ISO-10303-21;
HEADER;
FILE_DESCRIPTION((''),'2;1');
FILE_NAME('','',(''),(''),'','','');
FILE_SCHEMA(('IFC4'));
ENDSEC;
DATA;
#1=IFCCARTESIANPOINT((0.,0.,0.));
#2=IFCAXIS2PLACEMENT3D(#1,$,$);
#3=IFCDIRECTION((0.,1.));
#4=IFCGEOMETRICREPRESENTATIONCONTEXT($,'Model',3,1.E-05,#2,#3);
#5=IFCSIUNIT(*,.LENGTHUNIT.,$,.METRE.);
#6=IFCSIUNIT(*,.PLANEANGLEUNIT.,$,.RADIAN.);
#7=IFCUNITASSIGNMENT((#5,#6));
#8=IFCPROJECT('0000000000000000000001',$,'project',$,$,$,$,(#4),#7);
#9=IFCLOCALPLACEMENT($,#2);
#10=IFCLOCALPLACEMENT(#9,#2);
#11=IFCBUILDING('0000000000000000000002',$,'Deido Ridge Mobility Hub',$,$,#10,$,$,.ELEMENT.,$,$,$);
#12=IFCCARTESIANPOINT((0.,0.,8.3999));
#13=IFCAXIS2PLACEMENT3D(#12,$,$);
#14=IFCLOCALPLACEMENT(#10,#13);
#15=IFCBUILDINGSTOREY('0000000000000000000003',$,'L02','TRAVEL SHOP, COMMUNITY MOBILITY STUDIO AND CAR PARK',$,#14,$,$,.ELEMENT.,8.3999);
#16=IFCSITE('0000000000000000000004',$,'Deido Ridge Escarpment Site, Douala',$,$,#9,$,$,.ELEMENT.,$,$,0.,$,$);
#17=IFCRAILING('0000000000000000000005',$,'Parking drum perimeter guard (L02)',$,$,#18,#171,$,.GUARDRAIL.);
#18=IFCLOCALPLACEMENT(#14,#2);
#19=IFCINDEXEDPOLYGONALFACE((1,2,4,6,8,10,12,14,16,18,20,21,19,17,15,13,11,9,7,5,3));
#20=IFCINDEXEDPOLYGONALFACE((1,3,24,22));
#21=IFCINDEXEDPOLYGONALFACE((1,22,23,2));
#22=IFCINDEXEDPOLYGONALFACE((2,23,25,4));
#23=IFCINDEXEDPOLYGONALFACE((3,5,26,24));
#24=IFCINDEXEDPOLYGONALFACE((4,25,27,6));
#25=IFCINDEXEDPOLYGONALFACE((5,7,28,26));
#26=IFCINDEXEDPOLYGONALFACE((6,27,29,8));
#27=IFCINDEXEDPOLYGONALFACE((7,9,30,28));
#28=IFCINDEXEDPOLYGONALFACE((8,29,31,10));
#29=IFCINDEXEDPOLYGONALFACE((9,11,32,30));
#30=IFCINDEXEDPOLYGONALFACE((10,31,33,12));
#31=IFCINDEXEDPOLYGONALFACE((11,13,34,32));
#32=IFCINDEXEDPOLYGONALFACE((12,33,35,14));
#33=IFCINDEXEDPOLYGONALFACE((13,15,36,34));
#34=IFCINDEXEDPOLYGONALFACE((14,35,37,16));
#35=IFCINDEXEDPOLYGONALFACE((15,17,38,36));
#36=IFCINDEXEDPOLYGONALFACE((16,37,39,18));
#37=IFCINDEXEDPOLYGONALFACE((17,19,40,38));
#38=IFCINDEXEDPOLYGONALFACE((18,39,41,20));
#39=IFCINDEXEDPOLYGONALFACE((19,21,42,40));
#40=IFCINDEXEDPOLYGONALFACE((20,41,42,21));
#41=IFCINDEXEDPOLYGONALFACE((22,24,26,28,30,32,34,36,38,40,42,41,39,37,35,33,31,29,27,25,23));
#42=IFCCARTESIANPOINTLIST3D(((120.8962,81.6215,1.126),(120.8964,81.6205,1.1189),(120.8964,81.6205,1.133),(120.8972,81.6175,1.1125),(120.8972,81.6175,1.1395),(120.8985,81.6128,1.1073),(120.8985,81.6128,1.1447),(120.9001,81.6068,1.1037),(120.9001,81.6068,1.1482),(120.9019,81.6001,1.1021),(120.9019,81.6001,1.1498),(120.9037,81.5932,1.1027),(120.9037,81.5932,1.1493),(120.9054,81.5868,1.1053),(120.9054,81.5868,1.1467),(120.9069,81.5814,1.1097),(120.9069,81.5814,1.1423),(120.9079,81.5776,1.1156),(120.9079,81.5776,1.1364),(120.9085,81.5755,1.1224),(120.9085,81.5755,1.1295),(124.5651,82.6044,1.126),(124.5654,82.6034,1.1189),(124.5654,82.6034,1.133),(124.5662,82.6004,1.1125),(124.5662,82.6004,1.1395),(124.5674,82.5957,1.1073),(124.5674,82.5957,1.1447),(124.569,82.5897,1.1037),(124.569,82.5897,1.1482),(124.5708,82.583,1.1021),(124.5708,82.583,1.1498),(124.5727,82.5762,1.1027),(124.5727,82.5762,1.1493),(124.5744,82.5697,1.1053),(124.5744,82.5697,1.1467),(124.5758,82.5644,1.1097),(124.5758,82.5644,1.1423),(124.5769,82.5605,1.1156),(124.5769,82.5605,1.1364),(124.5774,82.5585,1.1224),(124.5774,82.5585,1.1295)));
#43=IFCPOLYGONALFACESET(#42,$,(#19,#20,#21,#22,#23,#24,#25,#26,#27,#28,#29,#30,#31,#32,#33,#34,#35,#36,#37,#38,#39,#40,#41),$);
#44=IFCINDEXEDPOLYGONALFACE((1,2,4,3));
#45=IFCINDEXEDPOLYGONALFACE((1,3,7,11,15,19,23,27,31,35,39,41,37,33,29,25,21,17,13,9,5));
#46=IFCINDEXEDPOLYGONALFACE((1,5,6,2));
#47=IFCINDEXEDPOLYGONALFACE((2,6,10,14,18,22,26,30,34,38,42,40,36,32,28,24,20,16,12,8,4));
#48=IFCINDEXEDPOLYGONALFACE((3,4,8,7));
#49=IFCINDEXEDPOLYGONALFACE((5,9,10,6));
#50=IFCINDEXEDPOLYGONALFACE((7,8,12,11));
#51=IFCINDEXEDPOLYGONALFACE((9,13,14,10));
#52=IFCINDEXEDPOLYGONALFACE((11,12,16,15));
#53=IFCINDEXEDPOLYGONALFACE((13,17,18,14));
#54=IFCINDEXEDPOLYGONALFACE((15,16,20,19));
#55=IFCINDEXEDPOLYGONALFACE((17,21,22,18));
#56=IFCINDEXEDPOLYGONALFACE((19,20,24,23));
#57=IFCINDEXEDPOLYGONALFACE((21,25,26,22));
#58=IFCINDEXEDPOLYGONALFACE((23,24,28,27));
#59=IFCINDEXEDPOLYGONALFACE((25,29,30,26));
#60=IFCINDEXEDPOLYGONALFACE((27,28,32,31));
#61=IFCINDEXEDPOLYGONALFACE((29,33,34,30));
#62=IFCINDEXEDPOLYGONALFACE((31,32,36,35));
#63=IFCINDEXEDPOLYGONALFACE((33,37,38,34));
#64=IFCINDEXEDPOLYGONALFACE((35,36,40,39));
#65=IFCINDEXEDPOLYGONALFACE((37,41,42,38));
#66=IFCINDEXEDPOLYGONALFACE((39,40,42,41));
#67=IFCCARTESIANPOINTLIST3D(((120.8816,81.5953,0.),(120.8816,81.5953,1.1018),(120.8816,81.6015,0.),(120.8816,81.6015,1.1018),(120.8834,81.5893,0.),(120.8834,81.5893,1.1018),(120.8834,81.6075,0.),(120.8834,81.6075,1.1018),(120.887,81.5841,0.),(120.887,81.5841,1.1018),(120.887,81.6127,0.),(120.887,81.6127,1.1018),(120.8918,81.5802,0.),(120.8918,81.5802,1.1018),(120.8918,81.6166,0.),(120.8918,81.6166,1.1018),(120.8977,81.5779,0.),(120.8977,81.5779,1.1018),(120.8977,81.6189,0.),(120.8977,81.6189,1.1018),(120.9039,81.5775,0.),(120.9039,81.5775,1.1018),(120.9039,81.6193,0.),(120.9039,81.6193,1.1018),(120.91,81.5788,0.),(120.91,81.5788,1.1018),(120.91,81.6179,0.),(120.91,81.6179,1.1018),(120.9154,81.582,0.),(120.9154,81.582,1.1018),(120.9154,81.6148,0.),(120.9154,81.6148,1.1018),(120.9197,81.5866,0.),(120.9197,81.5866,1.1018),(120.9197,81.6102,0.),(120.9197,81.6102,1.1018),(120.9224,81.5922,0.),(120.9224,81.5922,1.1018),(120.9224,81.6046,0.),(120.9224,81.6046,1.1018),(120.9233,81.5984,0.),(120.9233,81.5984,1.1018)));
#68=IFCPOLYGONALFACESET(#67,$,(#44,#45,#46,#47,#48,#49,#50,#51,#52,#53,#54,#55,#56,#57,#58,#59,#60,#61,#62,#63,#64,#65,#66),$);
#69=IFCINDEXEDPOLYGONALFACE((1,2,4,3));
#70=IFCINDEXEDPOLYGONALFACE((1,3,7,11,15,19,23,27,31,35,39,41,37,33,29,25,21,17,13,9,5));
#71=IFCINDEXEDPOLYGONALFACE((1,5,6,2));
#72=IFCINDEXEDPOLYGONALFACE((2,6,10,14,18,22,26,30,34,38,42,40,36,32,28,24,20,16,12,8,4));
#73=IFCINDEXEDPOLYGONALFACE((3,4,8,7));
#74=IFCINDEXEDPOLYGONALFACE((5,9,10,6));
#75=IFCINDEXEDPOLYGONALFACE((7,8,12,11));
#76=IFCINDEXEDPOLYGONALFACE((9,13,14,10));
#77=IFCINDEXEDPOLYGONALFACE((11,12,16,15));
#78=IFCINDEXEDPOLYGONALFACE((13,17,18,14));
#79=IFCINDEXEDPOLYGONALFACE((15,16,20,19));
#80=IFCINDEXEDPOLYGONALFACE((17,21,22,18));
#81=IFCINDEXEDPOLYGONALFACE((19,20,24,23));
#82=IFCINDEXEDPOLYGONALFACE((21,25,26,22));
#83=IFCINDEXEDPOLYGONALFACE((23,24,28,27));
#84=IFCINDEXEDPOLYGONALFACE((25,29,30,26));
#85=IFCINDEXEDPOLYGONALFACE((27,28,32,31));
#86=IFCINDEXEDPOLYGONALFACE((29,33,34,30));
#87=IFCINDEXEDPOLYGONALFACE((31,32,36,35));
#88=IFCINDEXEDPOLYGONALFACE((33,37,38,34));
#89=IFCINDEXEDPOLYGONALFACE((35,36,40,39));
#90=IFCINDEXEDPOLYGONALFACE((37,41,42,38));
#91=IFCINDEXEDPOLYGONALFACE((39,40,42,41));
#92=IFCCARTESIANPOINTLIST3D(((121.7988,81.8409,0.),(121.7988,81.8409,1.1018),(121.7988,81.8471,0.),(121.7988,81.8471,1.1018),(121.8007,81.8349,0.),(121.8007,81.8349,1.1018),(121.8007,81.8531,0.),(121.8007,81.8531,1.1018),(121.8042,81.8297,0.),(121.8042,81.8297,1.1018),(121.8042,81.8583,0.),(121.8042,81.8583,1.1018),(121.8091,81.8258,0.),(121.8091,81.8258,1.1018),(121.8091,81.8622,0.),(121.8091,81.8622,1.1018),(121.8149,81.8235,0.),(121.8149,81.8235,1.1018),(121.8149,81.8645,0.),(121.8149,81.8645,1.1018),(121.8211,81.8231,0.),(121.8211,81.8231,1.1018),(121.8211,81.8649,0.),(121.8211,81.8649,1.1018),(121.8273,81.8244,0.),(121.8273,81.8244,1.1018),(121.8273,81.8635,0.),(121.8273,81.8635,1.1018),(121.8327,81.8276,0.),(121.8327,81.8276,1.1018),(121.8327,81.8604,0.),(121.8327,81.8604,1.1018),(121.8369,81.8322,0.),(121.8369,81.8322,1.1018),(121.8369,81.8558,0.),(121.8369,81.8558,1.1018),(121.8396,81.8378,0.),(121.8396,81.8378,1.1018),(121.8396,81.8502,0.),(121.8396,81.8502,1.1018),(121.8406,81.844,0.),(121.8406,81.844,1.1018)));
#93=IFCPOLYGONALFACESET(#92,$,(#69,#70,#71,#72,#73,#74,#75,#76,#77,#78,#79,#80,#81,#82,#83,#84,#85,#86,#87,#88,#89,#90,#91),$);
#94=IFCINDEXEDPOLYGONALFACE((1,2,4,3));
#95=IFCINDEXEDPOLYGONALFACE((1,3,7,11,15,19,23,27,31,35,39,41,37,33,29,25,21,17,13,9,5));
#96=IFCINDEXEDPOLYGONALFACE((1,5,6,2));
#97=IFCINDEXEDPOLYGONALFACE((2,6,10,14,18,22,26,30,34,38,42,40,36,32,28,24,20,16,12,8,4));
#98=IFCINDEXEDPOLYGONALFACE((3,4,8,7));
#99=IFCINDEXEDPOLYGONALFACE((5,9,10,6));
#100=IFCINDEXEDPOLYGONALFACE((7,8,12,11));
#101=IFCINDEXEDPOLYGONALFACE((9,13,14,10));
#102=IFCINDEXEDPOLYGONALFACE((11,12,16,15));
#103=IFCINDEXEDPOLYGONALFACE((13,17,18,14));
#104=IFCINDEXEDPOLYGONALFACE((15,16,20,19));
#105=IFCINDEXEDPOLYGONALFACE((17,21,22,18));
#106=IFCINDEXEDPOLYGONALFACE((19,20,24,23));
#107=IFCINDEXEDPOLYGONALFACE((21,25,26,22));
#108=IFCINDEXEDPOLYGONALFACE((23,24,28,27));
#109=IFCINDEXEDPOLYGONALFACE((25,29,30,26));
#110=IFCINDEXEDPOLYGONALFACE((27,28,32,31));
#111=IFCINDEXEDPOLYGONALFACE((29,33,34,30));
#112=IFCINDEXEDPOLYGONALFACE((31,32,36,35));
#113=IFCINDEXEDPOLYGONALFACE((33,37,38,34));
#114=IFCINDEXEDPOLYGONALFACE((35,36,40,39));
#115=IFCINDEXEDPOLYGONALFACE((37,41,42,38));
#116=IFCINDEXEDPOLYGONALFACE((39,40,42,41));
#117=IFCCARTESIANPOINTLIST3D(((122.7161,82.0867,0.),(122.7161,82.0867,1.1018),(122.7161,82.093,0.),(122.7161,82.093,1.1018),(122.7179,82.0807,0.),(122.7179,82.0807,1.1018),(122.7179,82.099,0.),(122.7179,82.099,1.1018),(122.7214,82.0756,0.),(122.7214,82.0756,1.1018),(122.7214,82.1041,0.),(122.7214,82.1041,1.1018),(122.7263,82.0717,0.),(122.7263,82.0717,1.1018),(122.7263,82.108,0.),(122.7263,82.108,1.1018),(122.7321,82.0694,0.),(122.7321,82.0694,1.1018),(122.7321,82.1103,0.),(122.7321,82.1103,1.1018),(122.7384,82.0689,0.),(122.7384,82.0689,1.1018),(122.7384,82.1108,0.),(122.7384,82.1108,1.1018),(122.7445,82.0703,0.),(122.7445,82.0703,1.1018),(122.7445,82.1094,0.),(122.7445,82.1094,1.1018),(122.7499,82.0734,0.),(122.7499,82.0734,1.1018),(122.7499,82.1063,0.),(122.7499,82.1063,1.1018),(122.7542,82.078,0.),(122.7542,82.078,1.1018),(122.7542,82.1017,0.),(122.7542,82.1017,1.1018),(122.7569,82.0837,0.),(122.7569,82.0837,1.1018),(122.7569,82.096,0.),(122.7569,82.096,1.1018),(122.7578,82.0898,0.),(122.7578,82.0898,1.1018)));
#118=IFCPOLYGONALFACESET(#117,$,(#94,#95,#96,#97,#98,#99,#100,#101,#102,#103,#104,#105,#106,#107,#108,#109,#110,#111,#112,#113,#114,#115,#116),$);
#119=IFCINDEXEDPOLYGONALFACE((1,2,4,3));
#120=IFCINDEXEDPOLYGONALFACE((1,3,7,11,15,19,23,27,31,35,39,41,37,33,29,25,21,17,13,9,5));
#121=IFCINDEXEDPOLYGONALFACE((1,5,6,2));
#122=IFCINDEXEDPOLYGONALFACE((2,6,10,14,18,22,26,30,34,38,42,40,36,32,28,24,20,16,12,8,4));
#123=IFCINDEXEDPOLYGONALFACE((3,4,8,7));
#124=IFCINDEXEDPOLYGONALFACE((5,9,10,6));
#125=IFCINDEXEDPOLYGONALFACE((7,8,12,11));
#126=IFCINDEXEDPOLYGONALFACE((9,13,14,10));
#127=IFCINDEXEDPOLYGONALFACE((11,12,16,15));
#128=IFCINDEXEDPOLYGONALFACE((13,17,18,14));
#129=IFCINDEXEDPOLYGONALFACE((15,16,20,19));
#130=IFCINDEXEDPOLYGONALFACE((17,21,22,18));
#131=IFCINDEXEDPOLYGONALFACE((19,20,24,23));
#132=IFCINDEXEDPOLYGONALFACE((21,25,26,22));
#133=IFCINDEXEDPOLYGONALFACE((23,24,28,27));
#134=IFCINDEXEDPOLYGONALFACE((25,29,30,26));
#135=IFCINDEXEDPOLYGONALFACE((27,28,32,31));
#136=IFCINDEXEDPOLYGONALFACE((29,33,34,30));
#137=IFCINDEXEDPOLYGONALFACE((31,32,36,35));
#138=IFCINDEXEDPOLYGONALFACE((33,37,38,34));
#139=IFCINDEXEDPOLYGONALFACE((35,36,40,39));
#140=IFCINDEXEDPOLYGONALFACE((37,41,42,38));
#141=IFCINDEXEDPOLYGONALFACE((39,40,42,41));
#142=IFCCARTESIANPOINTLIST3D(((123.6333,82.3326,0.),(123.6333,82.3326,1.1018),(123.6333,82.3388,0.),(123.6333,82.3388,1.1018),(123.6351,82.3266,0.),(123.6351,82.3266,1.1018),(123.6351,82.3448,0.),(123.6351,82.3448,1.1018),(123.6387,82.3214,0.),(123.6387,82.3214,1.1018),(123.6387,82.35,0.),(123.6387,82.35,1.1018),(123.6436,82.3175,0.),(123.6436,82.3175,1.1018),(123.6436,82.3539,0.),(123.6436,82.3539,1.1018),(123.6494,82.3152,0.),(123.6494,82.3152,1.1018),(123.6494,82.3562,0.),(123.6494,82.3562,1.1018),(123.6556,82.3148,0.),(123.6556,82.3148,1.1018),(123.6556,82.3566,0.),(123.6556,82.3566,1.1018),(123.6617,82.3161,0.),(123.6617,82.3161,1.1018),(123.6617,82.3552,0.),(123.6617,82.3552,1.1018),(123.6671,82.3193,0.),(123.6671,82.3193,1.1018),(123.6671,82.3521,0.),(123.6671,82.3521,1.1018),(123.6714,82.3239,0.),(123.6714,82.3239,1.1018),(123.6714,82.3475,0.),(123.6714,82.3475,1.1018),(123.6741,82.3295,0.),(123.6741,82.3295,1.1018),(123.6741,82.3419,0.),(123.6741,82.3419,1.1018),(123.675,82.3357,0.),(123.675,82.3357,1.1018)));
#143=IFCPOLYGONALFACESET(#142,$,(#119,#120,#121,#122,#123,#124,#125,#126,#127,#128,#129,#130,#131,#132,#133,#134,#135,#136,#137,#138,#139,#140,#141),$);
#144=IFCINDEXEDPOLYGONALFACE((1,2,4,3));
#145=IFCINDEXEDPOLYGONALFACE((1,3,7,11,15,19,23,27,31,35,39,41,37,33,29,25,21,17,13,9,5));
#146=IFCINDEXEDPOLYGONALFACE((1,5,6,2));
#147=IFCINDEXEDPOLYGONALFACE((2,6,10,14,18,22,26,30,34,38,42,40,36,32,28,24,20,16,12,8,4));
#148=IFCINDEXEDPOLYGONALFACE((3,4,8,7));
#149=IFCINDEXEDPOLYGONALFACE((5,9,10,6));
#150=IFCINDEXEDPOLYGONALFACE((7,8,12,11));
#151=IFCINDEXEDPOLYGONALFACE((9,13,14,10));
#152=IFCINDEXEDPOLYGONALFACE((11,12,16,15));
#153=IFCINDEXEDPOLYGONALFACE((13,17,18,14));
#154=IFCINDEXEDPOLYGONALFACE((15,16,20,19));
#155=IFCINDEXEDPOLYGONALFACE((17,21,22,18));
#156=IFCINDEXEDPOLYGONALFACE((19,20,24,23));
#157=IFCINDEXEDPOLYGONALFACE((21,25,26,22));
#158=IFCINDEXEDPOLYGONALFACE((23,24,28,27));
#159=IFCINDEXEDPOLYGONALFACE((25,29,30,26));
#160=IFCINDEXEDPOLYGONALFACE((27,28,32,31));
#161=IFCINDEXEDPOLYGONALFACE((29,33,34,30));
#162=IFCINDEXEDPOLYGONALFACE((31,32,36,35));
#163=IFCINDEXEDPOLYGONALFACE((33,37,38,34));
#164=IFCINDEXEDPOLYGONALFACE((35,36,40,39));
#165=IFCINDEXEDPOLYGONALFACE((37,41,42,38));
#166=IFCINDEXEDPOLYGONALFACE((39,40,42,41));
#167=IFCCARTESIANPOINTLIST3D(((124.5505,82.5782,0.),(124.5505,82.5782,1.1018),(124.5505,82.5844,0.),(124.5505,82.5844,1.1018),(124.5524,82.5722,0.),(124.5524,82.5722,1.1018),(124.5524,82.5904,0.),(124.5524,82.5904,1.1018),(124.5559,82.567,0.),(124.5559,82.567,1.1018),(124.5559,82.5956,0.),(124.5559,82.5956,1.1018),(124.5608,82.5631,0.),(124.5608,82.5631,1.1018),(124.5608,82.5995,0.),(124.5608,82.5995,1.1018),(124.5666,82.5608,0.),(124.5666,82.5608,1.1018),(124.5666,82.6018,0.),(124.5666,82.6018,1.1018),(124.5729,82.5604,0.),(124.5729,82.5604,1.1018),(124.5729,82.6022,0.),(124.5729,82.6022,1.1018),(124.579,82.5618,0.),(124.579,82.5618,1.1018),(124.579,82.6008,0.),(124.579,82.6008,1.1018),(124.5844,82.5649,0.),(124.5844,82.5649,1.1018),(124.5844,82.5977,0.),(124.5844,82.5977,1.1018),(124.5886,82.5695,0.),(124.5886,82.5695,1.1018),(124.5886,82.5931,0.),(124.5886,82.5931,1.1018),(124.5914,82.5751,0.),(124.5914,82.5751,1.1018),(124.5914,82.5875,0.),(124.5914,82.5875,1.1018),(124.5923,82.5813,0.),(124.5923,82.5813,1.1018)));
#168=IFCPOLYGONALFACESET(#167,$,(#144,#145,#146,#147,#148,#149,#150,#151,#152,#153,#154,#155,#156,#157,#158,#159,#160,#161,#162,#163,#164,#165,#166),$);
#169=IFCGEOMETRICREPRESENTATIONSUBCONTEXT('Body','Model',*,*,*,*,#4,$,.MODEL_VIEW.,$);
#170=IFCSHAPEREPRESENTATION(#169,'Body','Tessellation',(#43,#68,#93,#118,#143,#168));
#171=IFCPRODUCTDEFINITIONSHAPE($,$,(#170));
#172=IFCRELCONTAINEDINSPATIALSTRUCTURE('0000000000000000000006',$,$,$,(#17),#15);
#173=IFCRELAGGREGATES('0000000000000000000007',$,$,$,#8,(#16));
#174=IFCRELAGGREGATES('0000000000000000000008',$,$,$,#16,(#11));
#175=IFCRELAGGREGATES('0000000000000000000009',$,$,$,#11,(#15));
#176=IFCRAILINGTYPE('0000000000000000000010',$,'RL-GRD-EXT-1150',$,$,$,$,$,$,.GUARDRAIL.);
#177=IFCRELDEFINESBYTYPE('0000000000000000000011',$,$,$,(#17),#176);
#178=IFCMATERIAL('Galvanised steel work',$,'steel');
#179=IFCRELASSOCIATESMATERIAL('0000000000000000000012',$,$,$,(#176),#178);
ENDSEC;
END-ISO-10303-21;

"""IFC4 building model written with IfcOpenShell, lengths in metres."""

from ifc_helpers import new_model, si_unit, direction, frame, origin, origin_2d, place, context, subcontext, project, spatial, circle, extrude, material, type_object, element, save


model = new_model("IFC4")

# Units and contexts
model_context = context("Model", 3, precision=1e-05, world=origin(), true_north=direction((0.0, 1.0)))
body_context = subcontext(model_context, "Body", "Model", "MODEL_VIEW")
ifc_project = project(units=[si_unit("LENGTHUNIT", "METRE"), si_unit("PLANEANGLEUNIT", "RADIAN")], contexts=[model_context])

# Site, building, storey
site_placement = place(None, origin())
site = spatial("IfcSite", under=ifc_project, at=site_placement, Name="Deido Ridge Escarpment Site, Douala", CompositionType="ELEMENT", RefElevation=0.0)
building_placement = place(site_placement, origin())
building = spatial("IfcBuilding", under=site, at=building_placement, Name="Deido Ridge Mobility Hub", CompositionType="ELEMENT")
storey_placement = place(building_placement, frame((0.0, 0.0, 8.3999)))
storey = spatial("IfcBuildingStorey", under=building, at=storey_placement, Name="L02", Description="TRAVEL SHOP, COMMUNITY MOBILITY STUDIO AND CAR PARK", CompositionType="ELEMENT", Elevation=8.3999)

# Railing
ifc_material_1 = material(Name="Galvanised steel work", Category="steel")
railing_type = type_object("IfcRailingType", Name="RL-GRD-EXT-1150", PredefinedType="GUARDRAIL", material=ifc_material_1)
railing_1_placement = place(storey_placement, frame((120.9023, 81.5984, 0.0)))
element("IfcRailing", 1, at=railing_1_placement, inside=storey, type_object=railing_type, Name="Parking drum perimeter guard (L02)", PredefinedType="GUARDRAIL", context=body_context, shape_type="SweptSolid", body=[
    extrude(circle(Radius=0.0239, at=origin_2d()), frame((0.0, 0.0, 1.126), z_axis=(0.965938, 0.258775, 0.0), x_axis=(-0.258775, 0.965938, 0.0)), (0.0, 0.0, 1.0), 3.7983),
    extrude(circle(Radius=0.021, at=origin_2d()), origin(), (0.0, 0.0, 1.0), 1.1018),
    extrude(circle(Radius=0.021, at=origin_2d()), frame((0.9172, 0.2456, 0.0)), (0.0, 0.0, 1.0), 1.1018),
    extrude(circle(Radius=0.021, at=origin_2d()), frame((1.8345, 0.4915, 0.0)), (0.0, 0.0, 1.0), 1.1018),
    extrude(circle(Radius=0.021, at=origin_2d()), frame((2.7517, 0.7373, 0.0)), (0.0, 0.0, 1.0), 1.1018),
    extrude(circle(Radius=0.021, at=origin_2d()), frame((3.6689, 0.9829, 0.0)), (0.0, 0.0, 1.0), 1.1018),
])

save(model, "model.ifc")
